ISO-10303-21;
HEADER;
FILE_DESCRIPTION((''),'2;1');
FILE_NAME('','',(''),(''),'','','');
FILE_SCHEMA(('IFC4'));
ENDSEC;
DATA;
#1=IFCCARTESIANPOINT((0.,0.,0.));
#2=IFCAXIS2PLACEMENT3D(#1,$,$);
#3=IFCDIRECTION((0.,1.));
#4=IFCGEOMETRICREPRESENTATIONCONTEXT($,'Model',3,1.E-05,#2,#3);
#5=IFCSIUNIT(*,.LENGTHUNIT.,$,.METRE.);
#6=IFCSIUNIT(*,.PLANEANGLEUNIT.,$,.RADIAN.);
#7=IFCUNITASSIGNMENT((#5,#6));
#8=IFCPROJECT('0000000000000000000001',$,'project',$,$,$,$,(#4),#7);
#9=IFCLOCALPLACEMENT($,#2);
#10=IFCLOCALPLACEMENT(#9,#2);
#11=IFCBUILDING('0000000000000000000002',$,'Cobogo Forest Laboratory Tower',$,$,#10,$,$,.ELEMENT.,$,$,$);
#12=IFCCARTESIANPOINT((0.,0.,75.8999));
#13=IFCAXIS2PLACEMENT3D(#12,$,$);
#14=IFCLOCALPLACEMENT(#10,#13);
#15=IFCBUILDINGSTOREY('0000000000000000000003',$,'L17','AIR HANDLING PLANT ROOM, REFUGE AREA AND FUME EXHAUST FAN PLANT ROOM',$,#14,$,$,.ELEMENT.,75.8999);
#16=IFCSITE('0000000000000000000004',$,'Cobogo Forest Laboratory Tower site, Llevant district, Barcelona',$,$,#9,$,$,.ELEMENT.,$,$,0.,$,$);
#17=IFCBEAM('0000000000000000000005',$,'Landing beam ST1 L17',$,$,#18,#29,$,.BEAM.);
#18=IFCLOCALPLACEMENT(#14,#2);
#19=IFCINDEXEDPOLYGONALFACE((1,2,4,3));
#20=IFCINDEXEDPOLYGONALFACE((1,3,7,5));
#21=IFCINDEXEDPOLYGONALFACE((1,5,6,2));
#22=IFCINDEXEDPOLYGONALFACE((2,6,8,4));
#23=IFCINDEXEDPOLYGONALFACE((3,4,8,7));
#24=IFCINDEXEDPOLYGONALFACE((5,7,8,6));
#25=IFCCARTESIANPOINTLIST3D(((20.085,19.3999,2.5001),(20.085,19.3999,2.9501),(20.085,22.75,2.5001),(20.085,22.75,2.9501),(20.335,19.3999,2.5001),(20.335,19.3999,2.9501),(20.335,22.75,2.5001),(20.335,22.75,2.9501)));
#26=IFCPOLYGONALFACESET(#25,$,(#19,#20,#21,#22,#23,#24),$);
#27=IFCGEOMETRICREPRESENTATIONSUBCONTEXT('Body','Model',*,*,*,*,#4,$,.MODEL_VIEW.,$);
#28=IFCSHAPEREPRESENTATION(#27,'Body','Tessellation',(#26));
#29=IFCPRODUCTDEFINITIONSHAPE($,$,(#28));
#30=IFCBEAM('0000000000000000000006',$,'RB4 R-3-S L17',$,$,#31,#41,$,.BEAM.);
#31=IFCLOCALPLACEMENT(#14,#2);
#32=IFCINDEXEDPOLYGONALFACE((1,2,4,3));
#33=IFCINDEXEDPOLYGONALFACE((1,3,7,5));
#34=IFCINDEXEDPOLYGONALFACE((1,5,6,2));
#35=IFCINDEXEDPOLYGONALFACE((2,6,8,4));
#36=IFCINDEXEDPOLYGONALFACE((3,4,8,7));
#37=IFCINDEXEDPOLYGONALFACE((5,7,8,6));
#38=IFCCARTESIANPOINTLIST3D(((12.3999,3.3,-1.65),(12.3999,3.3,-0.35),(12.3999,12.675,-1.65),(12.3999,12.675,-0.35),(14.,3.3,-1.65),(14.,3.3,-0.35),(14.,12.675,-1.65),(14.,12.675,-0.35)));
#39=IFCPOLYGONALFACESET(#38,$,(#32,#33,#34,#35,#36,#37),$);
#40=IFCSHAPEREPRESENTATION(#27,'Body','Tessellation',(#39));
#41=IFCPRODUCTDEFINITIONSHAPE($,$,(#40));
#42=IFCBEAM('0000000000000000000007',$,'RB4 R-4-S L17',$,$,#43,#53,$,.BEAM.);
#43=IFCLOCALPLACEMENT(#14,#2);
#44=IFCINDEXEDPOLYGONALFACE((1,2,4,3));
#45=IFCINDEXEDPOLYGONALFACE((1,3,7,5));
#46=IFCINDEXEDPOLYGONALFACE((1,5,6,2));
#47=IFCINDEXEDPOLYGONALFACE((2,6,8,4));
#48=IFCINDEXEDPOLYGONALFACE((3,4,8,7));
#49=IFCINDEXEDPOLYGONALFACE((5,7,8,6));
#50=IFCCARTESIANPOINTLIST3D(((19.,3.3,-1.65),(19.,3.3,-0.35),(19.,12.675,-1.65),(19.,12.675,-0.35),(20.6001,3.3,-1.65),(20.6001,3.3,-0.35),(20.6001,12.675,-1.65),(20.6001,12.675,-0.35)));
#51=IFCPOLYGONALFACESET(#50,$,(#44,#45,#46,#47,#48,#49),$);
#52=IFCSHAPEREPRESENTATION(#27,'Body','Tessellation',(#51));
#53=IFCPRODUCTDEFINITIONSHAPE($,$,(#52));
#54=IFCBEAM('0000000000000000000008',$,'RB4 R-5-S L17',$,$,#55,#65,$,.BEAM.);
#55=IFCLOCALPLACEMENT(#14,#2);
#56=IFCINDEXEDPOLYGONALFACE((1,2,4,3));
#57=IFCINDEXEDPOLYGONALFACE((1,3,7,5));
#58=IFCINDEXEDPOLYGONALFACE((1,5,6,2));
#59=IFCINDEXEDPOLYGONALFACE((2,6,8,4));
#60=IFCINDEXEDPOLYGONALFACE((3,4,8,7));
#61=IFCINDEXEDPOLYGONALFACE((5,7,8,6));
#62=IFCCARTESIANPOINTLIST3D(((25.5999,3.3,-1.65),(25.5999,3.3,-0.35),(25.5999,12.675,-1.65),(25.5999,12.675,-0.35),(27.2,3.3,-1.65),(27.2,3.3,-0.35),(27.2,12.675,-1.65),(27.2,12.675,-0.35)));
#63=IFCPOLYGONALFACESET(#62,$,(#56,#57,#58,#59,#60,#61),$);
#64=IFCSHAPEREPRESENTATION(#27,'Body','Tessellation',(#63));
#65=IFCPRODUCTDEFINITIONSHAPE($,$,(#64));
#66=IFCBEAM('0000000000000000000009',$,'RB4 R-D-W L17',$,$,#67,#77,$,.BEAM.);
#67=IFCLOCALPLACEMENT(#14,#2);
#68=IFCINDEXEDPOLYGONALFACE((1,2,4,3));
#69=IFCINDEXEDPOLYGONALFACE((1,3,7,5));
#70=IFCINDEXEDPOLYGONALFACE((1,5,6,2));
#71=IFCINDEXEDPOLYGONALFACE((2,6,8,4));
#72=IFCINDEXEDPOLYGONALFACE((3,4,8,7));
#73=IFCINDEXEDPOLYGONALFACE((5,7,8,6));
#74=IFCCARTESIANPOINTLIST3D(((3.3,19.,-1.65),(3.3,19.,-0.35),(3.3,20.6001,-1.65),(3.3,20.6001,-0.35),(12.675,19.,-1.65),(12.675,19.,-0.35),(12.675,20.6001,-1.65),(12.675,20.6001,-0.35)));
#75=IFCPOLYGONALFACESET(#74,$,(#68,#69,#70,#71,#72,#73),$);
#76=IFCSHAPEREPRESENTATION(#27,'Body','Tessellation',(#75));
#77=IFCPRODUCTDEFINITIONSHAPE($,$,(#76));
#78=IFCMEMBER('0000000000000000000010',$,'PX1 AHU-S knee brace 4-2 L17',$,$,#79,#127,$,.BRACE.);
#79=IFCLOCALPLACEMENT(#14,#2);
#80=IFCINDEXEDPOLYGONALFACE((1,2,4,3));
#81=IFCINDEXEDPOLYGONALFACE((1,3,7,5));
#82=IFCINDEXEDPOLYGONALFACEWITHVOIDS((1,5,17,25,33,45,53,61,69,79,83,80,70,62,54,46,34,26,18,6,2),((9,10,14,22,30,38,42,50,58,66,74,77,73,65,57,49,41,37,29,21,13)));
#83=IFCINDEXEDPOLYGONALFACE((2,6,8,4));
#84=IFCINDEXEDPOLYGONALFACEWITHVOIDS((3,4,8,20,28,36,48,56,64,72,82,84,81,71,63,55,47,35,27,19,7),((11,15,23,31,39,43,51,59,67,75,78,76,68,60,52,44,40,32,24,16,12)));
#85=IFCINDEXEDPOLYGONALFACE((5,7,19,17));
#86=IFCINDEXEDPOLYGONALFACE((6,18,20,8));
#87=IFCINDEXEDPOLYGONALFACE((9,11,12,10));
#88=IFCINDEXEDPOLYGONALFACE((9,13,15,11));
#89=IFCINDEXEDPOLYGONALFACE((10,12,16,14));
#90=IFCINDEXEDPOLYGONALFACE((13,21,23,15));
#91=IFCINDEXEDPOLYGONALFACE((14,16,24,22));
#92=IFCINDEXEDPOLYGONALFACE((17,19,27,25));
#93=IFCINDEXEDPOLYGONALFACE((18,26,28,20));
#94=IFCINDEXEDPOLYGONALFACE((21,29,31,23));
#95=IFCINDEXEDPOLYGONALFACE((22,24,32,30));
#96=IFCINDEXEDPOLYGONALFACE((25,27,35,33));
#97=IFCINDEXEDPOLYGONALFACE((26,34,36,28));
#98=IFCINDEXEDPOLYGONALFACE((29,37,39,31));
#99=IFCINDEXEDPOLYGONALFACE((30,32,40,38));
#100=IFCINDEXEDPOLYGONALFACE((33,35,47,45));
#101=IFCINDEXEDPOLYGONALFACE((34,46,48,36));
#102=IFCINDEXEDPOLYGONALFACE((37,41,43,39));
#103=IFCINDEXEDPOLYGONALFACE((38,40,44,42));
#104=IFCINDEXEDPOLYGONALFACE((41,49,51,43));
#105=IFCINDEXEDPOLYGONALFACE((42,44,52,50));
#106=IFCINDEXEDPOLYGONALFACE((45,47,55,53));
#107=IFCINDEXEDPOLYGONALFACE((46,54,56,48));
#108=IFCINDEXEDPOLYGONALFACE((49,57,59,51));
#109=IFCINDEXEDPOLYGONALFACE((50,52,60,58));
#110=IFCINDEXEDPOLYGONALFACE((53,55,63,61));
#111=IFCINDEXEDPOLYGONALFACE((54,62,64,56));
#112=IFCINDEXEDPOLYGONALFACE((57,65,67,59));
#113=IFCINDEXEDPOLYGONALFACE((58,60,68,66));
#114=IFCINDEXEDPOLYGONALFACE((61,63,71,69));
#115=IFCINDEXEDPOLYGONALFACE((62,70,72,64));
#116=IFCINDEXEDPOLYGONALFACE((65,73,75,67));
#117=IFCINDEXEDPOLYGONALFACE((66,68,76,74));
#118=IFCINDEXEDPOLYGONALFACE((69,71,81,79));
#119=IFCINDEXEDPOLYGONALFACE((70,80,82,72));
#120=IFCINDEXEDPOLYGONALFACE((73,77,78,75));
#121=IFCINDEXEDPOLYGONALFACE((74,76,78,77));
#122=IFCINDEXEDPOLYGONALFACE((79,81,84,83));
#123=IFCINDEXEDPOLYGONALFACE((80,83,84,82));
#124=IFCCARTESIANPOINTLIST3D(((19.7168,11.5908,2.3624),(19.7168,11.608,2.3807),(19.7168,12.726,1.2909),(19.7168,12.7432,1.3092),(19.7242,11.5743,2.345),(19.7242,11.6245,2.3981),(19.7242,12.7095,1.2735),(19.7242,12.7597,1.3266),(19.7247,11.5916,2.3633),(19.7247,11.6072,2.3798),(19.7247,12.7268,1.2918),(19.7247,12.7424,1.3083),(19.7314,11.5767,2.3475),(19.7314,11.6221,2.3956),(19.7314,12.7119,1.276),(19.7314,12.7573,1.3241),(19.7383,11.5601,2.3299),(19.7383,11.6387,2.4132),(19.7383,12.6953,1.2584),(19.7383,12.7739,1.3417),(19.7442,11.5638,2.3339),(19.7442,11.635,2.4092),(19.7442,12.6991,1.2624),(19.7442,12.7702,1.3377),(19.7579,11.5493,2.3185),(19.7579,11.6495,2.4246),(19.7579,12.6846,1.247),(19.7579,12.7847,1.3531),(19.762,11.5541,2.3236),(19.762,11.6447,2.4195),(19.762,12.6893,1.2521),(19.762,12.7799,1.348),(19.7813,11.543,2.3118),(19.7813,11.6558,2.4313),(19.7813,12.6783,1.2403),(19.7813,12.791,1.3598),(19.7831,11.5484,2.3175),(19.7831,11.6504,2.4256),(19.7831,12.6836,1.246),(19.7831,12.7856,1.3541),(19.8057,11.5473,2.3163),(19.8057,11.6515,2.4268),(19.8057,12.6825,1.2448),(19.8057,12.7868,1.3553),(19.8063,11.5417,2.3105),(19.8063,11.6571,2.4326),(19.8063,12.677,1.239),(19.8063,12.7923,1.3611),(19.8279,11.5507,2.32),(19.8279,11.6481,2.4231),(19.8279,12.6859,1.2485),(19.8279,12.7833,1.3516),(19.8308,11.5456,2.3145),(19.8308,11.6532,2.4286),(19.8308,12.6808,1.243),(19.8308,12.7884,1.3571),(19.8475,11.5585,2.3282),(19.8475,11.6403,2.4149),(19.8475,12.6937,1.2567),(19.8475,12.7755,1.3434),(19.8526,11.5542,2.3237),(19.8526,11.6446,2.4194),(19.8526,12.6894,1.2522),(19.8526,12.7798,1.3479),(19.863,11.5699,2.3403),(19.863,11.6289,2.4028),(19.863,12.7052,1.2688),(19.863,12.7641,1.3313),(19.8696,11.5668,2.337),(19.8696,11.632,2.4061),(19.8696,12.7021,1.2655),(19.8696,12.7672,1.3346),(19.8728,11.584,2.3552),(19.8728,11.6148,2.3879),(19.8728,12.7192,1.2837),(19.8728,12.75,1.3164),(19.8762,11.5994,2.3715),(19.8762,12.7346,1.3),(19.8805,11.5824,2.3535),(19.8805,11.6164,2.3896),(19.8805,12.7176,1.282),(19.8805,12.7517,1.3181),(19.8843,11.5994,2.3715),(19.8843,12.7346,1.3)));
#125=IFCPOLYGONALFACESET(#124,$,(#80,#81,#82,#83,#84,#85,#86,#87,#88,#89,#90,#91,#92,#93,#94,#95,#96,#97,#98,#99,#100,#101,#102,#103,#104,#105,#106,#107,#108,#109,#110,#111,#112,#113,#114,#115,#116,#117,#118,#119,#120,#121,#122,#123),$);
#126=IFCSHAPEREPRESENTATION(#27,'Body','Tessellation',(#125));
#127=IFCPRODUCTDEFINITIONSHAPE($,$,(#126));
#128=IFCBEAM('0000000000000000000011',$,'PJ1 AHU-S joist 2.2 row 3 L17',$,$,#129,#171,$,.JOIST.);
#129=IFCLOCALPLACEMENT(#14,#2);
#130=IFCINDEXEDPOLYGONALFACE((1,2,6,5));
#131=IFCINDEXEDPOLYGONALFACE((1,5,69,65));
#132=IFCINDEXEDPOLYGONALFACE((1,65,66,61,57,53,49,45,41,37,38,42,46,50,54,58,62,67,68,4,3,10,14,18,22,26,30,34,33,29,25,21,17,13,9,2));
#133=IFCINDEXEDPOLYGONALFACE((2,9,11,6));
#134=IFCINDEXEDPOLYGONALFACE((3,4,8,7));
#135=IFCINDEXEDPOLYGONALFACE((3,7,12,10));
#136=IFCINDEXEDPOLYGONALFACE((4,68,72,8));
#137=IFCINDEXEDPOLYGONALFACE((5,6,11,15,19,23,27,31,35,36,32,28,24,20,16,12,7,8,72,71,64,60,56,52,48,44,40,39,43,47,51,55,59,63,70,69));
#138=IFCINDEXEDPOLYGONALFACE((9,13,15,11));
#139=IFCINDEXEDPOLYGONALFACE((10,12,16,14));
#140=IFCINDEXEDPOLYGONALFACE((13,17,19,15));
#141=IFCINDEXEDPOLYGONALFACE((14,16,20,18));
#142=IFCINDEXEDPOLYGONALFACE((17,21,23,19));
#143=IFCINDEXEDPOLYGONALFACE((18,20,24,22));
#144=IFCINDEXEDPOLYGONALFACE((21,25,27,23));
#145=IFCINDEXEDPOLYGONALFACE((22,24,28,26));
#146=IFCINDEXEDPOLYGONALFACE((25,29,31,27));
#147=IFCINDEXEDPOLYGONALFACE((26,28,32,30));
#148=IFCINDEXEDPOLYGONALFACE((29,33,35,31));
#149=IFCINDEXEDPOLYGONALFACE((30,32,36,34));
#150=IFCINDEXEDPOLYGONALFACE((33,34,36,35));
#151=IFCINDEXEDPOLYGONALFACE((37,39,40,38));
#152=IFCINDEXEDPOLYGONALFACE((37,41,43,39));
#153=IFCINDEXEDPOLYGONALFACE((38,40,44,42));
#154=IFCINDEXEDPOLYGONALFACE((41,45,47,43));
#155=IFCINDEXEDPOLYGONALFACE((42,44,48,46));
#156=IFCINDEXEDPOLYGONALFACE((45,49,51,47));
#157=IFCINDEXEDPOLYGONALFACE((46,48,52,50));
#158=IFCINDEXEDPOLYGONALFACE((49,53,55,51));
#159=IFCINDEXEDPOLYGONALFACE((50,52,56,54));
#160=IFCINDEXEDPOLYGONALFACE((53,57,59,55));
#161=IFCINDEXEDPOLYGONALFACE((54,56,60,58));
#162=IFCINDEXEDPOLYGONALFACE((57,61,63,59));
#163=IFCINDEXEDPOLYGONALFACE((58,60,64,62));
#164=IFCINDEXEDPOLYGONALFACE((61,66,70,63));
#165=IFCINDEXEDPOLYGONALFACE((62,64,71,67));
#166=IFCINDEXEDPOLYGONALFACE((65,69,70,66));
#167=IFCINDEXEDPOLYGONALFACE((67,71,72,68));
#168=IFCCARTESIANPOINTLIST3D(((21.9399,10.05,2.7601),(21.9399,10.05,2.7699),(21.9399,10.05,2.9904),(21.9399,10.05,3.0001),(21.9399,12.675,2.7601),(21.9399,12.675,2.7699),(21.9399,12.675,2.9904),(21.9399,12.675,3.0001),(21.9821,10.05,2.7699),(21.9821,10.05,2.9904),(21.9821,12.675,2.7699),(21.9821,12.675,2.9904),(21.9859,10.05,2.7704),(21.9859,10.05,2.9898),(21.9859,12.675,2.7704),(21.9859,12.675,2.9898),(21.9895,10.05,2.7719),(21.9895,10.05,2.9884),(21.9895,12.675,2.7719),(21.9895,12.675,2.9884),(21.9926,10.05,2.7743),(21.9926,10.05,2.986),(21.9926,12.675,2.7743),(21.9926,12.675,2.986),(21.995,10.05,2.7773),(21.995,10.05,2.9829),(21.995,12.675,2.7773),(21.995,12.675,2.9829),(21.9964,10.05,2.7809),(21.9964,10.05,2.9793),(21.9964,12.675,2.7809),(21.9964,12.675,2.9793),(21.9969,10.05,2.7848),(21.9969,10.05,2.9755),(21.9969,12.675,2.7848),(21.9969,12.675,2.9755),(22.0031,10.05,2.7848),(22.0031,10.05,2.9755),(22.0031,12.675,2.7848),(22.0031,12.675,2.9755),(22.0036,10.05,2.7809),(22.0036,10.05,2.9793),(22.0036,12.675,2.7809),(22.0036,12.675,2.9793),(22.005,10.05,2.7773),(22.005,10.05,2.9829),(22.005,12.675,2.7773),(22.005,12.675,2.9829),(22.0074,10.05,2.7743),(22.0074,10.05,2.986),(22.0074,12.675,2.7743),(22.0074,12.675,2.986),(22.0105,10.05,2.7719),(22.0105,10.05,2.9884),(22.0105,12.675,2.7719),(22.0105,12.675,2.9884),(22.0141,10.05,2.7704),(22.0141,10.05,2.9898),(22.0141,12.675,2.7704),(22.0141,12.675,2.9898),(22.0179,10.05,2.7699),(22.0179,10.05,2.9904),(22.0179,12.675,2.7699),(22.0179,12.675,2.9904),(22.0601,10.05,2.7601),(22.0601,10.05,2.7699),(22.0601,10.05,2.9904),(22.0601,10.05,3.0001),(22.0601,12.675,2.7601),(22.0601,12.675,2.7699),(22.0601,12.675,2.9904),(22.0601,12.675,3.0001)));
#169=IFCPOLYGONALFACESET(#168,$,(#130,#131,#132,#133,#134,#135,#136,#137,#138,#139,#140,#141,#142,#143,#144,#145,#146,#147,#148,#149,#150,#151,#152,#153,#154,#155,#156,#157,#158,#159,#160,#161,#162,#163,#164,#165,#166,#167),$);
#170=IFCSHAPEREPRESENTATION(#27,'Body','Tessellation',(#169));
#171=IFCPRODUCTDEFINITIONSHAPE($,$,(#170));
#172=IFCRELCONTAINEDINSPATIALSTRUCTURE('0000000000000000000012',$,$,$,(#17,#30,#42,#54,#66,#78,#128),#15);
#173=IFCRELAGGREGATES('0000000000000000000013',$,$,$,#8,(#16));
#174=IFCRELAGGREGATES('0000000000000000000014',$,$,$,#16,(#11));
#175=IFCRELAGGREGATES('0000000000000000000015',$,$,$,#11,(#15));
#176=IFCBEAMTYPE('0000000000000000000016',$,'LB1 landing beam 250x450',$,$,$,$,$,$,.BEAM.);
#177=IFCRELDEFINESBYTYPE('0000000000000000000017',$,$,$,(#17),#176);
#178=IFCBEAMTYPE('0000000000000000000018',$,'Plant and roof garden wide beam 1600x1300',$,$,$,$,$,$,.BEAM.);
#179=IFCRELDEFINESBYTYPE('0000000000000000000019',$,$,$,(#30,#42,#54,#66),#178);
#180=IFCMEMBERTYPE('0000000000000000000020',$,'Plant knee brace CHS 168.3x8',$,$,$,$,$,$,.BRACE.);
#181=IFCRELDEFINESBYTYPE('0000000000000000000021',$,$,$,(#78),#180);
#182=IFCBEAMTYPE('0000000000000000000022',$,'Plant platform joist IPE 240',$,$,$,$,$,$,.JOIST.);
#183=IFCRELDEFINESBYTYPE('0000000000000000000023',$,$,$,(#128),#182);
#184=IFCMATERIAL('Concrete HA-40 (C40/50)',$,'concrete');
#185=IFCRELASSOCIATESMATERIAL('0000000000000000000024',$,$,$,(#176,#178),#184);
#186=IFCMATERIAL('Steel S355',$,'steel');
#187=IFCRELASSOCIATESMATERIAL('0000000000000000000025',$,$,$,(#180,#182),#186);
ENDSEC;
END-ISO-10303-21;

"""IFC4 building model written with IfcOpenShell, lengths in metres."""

from ifc_helpers import new_model, si_unit, direction, frame, origin, origin_2d, place, context, subcontext, project, spatial, rectangle, hollow_circle, i_section, extrude, material, material_profile, profile_set, type_object, element, save


model = new_model("IFC4")

# Units and contexts
model_context = context("Model", 3, precision=1e-05, world=origin(), true_north=direction((0.0, 1.0)))
body_context = subcontext(model_context, "Body", "Model", "MODEL_VIEW")
ifc_project = project(units=[si_unit("LENGTHUNIT", "METRE"), si_unit("PLANEANGLEUNIT", "RADIAN")], contexts=[model_context])

# Site, building, storey
site_placement = place(None, origin())
site = spatial("IfcSite", under=ifc_project, at=site_placement, Name="Cobogo Forest Laboratory Tower site, Llevant district, Barcelona", CompositionType="ELEMENT", RefElevation=0.0)
building_placement = place(site_placement, origin())
building = spatial("IfcBuilding", under=site, at=building_placement, Name="Cobogo Forest Laboratory Tower", CompositionType="ELEMENT")
storey_placement = place(building_placement, frame((0.0, 0.0, 75.8999)))
storey = spatial("IfcBuildingStorey", under=building, at=storey_placement, Name="L17", Description="AIR HANDLING PLANT ROOM, REFUGE AREA AND FUME EXHAUST FAN PLANT ROOM", CompositionType="ELEMENT", Elevation=75.8999)

# Beams
ifc_material_1 = material(Name="Concrete HA-40 (C40/50)", Category="concrete")
ifc_material_profile_1 = material_profile(ifc_material_1, rectangle(XDim=0.25, YDim=0.45, at=origin_2d()), Name="RC 250x450")
ifc_profile_set_1 = profile_set([ifc_material_profile_1], Name="Concrete HA-40 (C40/50)")
beam_type_1 = type_object("IfcBeamType", Name="LB1 landing beam 250x450", PredefinedType="BEAM", material=ifc_profile_set_1)
beam_placement = place(storey_placement, frame((20.21, 19.3999, 2.7251), z_axis=(0.0, 1.0, 0.0), x_axis=(-1.0, 0.0, 0.0)))
element("IfcBeam", 1, at=beam_placement, inside=storey, type_object=beam_type_1, Name="Landing beam ST1 L17", PredefinedType="BEAM", context=body_context, shape_type="SweptSolid", body=[
    extrude(rectangle(XDim=0.25, YDim=0.45, at=origin_2d()), origin(), (0.0, 0.0, 1.0), 3.3501),
])
ifc_material_profile_2 = material_profile(ifc_material_1, rectangle(XDim=1.6001, YDim=1.3, at=origin_2d()), Name="RC 1600x1300")
ifc_profile_set_2 = profile_set([ifc_material_profile_2], Name="Concrete HA-40 (C40/50)")
beam_type_2 = type_object("IfcBeamType", Name="Plant and roof garden wide beam 1600x1300", PredefinedType="BEAM", material=ifc_profile_set_2)
for number, where, z_axis, x_axis, name in (
    (2, (13.2, 12.675, -1.0), (0.0, -1.0, 0.0), (1.0, 0.0, 0.0), "RB4 R-3-S L17"),
    (3, (19.8, 12.675, -1.0), (0.0, -1.0, 0.0), (1.0, 0.0, 0.0), "RB4 R-4-S L17"),
    (4, (26.3999, 12.675, -1.0), (0.0, -1.0, 0.0), (1.0, 0.0, 0.0), "RB4 R-5-S L17"),
    (5, (12.675, 19.8, -1.0), (-1.0, 0.0, 0.0), (0.0, -1.0, 0.0), "RB4 R-D-W L17"),
):
    element("IfcBeam", number, at=place(storey_placement, frame(where, z_axis=z_axis, x_axis=x_axis)), inside=storey, type_object=beam_type_2, Name=name, PredefinedType="BEAM", context=body_context, shape_type="SweptSolid", body=[
        extrude(rectangle(XDim=1.6001, YDim=1.3, at=origin_2d()), origin(), (0.0, 0.0, 1.0), 9.375),
    ])

# Member
ifc_material_2 = material(Name="Steel S355", Category="steel")
ifc_material_profile_3 = material_profile(ifc_material_2, hollow_circle(Radius=0.0842, WallThickness=0.0081, at=origin_2d()), Name="CHS 168.3x8")
ifc_profile_set_3 = profile_set([ifc_material_profile_3], Name="Steel S355")
member_type = type_object("IfcMemberType", Name="Plant knee brace CHS 168.3x8", PredefinedType="BRACE", material=ifc_profile_set_3)
member_placement = place(storey_placement, frame((19.8, 12.7346, 1.3), z_axis=(0.0, -0.727221, 0.686403), x_axis=(1.0, 0.0, 0.0)))
element("IfcMember", 6, at=member_placement, inside=storey, type_object=member_type, Name="PX1 AHU-S knee brace 4-2 L17", PredefinedType="BRACE", context=body_context, shape_type="SweptSolid", body=[
    extrude(hollow_circle(Radius=0.0842, WallThickness=0.0081, at=origin_2d()), origin(), (0.0, 0.0, 1.0), 1.561),
])

# Beam
ifc_material_profile_4 = material_profile(ifc_material_2, i_section(OverallWidth=0.1201, OverallDepth=0.24, WebThickness=0.0061, FlangeThickness=0.0098, FilletRadius=0.0149, at=origin_2d()), Name="IPE 240")
ifc_profile_set_4 = profile_set([ifc_material_profile_4], Name="Steel S355")
beam_type_3 = type_object("IfcBeamType", Name="Plant platform joist IPE 240", PredefinedType="JOIST", material=ifc_profile_set_4)
for number, where, z_axis, x_axis, name in (
    (7, (22.0, 10.05, 2.8801), (0.0, 1.0, 0.0), (-1.0, 0.0, 0.0), "PJ1 AHU-S joist 2.2 row 3 L17"),
):
    element("IfcBeam", number, at=place(storey_placement, frame(where, z_axis=z_axis, x_axis=x_axis)), inside=storey, type_object=beam_type_3, Name=name, PredefinedType="JOIST", context=body_context, shape_type="SweptSolid", body=[
        extrude(i_section(OverallWidth=0.1201, OverallDepth=0.24, WebThickness=0.0061, FlangeThickness=0.0098, FilletRadius=0.0149, at=origin_2d()), origin(), (0.0, 0.0, 1.0), 2.625),
    ])

save(model, "model.ifc")
